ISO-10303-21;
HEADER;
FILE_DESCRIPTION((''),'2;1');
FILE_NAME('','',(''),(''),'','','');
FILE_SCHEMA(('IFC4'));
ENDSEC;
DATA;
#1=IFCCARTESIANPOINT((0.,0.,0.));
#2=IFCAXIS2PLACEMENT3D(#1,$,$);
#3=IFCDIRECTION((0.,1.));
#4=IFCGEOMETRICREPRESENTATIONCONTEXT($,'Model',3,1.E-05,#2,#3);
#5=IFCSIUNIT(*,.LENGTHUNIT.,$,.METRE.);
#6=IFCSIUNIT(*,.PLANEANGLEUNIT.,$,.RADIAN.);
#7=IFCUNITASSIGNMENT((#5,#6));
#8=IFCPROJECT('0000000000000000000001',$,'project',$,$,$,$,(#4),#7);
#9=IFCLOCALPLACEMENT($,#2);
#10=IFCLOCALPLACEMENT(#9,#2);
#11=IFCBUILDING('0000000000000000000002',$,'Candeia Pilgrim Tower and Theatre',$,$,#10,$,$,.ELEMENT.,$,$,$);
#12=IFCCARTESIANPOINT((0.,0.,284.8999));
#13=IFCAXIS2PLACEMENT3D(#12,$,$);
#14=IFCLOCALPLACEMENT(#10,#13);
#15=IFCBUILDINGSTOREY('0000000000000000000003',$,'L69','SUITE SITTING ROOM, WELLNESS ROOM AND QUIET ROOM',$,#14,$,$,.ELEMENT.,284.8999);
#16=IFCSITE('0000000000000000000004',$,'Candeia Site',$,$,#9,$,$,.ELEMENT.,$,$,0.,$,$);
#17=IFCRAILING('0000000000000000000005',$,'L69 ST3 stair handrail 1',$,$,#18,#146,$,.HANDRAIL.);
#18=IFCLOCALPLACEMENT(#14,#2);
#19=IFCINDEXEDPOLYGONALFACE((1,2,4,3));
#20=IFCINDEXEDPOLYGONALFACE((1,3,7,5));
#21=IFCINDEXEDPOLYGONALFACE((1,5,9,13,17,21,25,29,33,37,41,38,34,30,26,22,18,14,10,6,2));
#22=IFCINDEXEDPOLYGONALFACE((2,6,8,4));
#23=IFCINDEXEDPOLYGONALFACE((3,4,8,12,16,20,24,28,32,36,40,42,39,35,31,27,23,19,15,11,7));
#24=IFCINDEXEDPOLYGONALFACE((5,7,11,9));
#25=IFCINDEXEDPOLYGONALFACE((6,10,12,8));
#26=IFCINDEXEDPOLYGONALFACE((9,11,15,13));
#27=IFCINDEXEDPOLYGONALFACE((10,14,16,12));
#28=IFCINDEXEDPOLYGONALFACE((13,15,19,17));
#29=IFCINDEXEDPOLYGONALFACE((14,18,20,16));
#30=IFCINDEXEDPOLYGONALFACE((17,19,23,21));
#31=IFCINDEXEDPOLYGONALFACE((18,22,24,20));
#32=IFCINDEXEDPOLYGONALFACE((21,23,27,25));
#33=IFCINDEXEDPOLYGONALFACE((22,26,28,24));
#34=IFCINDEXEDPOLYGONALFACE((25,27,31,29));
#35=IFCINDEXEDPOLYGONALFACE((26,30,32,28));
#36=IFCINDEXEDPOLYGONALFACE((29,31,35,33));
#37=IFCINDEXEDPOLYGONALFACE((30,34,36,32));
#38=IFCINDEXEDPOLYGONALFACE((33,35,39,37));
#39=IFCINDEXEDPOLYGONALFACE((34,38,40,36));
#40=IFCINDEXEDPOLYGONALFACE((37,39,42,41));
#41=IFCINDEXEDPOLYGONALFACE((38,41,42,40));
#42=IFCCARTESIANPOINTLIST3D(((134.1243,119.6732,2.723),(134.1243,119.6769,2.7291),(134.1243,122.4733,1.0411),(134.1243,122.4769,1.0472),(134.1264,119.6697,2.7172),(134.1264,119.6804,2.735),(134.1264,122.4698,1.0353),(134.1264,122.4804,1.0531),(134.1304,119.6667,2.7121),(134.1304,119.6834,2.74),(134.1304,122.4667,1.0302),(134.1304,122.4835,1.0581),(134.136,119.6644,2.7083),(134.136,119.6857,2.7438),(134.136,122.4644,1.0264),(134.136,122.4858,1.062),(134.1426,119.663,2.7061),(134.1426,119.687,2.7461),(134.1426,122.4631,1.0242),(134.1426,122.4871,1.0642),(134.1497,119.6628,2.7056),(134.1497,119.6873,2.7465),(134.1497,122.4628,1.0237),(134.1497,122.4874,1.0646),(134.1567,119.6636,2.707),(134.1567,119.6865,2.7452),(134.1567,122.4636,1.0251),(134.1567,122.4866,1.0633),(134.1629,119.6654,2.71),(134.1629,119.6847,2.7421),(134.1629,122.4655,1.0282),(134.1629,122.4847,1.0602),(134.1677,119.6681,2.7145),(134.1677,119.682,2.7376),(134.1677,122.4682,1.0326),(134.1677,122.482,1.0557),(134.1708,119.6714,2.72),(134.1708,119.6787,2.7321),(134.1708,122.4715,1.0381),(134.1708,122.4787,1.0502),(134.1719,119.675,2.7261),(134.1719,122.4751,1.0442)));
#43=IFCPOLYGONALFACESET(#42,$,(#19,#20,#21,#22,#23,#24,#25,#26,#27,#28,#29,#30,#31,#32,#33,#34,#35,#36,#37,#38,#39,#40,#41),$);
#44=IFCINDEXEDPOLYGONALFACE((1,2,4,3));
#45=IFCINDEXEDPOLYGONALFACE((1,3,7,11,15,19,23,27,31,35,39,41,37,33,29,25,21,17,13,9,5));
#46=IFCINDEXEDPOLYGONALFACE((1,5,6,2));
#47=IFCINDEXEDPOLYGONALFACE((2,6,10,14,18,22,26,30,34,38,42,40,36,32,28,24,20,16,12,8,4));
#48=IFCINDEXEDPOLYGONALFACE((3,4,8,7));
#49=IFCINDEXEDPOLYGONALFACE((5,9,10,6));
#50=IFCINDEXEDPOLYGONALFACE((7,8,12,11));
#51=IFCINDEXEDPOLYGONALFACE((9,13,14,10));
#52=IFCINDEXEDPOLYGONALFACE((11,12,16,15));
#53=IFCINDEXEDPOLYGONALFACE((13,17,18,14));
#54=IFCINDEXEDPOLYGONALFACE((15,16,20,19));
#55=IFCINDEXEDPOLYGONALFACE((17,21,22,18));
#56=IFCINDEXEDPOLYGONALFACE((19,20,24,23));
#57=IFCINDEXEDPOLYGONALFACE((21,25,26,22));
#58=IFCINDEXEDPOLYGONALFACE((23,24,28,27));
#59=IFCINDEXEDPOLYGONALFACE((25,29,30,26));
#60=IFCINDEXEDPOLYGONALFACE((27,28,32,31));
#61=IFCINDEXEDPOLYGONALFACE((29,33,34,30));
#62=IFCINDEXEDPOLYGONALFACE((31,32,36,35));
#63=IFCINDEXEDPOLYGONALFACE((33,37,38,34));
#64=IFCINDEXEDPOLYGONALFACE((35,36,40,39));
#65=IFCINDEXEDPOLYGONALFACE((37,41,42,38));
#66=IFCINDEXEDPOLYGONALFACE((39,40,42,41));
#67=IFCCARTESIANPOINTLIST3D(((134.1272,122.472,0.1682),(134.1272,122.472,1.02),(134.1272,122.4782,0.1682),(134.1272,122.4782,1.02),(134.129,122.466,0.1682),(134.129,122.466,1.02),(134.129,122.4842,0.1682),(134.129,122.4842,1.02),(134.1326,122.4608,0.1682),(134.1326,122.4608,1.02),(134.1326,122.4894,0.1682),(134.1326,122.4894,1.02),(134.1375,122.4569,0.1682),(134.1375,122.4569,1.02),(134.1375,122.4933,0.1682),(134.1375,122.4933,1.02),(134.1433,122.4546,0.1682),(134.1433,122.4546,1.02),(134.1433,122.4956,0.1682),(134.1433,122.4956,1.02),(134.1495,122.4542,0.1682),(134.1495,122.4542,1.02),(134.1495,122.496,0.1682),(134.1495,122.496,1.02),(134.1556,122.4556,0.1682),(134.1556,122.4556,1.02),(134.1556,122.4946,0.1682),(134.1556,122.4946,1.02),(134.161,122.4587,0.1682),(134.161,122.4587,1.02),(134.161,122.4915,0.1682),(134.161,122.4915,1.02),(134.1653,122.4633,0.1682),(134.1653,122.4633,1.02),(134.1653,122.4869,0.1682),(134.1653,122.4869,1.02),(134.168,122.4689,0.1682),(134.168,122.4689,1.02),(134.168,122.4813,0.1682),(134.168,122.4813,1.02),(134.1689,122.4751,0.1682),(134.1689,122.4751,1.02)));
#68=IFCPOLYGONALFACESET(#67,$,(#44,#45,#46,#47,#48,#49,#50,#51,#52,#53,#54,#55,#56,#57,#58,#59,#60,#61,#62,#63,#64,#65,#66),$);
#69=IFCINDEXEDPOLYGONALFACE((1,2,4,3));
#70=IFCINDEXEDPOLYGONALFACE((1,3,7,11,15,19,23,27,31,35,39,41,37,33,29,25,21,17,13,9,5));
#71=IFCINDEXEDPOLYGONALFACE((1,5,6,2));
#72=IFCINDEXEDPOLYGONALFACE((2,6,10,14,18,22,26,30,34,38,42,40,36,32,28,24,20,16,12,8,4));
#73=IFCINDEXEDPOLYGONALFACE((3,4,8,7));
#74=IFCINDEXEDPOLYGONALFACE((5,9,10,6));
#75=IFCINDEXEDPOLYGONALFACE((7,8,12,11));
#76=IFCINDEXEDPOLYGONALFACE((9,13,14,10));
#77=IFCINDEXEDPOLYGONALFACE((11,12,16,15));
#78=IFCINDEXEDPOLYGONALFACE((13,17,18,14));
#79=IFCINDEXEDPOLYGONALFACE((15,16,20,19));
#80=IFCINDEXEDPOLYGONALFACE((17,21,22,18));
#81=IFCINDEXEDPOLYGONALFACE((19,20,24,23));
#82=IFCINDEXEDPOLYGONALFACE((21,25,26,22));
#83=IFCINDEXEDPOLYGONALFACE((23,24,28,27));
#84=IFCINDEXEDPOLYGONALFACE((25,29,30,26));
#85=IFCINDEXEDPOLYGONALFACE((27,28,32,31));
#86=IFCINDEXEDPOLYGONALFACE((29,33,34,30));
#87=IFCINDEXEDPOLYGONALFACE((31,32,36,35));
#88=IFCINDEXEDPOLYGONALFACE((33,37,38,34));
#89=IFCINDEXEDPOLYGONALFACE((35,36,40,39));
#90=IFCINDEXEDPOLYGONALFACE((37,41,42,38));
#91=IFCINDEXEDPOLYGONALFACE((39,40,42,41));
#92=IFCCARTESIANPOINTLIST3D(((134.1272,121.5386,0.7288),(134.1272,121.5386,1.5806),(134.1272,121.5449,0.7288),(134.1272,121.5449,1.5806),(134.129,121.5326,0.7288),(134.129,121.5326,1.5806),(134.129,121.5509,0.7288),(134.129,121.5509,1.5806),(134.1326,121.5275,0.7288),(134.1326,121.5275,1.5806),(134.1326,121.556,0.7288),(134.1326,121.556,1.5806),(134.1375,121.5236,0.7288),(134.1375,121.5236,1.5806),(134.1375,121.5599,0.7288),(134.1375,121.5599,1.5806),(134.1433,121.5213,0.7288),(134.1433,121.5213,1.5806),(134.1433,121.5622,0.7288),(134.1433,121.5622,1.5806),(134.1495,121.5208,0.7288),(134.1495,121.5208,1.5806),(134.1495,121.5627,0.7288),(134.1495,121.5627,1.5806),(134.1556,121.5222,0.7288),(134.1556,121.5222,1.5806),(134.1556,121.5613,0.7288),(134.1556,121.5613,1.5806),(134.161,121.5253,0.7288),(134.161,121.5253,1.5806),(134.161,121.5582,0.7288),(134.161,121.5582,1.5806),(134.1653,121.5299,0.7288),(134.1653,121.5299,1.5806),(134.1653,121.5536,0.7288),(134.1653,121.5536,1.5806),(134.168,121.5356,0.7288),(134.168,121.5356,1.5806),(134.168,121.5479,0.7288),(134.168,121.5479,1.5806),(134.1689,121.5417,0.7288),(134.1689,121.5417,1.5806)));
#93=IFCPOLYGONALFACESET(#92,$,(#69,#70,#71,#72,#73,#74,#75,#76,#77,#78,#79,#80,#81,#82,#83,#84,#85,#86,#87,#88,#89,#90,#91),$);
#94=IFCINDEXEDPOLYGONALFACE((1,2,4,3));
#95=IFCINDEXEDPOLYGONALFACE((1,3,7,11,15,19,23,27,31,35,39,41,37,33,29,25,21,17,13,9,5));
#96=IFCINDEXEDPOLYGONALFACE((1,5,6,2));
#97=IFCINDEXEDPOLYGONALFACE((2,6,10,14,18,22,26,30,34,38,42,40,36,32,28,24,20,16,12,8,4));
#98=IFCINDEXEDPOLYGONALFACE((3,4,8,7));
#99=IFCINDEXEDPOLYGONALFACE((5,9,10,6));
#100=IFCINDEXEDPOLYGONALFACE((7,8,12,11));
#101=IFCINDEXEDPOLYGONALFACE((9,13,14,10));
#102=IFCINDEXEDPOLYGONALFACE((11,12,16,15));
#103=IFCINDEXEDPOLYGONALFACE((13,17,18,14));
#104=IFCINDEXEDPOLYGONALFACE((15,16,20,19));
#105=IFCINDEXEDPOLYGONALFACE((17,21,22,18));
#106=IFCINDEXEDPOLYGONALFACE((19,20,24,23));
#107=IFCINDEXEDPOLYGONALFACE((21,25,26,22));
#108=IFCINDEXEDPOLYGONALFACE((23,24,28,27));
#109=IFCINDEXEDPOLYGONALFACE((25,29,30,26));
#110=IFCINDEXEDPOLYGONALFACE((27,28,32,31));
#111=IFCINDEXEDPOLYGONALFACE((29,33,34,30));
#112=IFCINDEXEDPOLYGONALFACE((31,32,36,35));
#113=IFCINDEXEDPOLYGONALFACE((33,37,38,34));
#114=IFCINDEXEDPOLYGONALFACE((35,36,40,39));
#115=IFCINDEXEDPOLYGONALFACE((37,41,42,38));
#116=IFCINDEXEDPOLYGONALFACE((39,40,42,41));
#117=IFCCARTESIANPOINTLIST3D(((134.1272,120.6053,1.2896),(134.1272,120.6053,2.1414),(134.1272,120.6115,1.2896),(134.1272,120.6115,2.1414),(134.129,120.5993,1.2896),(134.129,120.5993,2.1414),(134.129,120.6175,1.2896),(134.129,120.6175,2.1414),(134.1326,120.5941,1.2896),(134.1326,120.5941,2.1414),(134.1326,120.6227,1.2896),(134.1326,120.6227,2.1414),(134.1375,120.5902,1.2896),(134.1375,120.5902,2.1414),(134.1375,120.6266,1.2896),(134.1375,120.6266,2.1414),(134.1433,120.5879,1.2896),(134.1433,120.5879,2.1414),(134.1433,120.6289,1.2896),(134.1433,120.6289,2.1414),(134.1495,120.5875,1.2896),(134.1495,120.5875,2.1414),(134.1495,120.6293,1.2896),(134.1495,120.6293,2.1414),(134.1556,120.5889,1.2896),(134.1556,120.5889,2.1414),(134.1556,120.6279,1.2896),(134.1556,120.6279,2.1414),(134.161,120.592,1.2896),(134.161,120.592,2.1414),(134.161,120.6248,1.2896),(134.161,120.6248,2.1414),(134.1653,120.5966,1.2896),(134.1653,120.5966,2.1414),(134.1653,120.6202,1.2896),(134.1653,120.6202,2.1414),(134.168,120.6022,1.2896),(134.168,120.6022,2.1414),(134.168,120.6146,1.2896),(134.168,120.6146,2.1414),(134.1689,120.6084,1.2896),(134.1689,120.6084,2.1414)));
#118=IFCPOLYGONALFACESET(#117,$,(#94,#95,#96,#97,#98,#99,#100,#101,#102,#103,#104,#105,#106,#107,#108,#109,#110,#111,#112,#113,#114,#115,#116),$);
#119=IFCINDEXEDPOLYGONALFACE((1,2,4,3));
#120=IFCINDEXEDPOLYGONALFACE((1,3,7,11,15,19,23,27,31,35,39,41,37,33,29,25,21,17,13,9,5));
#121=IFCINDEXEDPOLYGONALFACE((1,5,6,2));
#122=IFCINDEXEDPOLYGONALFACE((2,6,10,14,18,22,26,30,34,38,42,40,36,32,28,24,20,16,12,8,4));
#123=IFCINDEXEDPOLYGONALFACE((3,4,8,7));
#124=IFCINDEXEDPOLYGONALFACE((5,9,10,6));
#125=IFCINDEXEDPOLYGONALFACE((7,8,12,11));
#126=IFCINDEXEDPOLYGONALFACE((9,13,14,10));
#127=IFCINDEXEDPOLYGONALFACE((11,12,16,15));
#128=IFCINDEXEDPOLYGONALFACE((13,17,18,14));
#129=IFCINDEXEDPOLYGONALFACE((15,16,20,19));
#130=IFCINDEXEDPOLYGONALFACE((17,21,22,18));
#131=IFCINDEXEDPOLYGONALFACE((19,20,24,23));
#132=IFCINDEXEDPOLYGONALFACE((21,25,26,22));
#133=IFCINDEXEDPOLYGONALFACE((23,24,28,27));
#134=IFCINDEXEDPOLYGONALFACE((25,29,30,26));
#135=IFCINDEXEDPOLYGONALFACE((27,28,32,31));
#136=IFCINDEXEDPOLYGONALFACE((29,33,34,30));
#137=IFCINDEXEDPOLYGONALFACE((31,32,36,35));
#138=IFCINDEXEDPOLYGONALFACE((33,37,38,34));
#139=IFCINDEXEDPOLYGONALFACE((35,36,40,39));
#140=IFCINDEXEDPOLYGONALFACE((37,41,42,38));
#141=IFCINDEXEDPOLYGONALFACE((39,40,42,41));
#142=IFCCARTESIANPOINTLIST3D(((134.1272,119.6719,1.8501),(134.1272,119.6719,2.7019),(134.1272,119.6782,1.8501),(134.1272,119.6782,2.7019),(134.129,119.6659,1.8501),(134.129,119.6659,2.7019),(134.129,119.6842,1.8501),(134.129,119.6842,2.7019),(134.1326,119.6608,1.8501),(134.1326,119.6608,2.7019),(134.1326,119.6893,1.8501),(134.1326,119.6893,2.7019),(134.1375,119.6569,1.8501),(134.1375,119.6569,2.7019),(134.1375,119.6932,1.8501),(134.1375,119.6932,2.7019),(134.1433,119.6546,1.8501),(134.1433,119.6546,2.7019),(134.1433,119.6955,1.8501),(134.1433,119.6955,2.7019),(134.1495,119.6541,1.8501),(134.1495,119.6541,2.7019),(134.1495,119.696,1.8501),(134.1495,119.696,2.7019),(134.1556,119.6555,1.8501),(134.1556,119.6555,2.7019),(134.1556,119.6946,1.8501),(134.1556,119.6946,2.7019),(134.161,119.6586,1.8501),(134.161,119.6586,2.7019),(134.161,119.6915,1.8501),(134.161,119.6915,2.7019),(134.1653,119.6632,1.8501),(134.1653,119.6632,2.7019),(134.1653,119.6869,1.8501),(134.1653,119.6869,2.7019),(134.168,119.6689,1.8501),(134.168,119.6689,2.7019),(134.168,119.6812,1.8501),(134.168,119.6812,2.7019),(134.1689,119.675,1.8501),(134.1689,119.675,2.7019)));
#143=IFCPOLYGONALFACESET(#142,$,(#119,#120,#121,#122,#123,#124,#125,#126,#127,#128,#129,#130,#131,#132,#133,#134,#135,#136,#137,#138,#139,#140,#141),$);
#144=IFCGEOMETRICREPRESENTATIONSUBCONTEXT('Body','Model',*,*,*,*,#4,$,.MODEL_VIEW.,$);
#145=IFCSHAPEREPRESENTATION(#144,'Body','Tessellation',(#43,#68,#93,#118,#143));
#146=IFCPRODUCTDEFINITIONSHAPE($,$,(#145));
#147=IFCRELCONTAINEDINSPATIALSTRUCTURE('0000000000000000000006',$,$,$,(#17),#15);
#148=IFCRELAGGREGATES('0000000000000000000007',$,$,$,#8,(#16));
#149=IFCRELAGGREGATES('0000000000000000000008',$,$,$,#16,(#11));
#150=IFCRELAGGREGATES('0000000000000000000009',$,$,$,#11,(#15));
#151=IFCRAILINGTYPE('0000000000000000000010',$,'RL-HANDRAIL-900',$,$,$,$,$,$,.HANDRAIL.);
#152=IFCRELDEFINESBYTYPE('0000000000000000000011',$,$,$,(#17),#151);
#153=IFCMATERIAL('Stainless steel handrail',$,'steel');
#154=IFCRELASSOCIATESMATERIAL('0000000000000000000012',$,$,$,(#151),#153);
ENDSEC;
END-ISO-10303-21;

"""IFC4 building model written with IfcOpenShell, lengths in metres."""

from ifc_helpers import new_model, si_unit, direction, frame, origin, origin_2d, place, context, subcontext, project, spatial, circle, extrude, material, type_object, element, save


model = new_model("IFC4")

# Units and contexts
model_context = context("Model", 3, precision=1e-05, world=origin(), true_north=direction((0.0, 1.0)))
body_context = subcontext(model_context, "Body", "Model", "MODEL_VIEW")
ifc_project = project(units=[si_unit("LENGTHUNIT", "METRE"), si_unit("PLANEANGLEUNIT", "RADIAN")], contexts=[model_context])

# Site, building, storey
site_placement = place(None, origin())
site = spatial("IfcSite", under=ifc_project, at=site_placement, Name="Candeia Site", CompositionType="ELEMENT", RefElevation=0.0)
building_placement = place(site_placement, origin())
building = spatial("IfcBuilding", under=site, at=building_placement, Name="Candeia Pilgrim Tower and Theatre", CompositionType="ELEMENT")
storey_placement = place(building_placement, frame((0.0, 0.0, 284.8999)))
storey = spatial("IfcBuildingStorey", under=building, at=storey_placement, Name="L69", Description="SUITE SITTING ROOM, WELLNESS ROOM AND QUIET ROOM", CompositionType="ELEMENT", Elevation=284.8999)

# Railing
ifc_material_1 = material(Name="Stainless steel handrail", Category="steel")
railing_type_1 = type_object("IfcRailingType", Name="RL-HANDRAIL-900", PredefinedType="HANDRAIL", material=ifc_material_1)
railing_1_placement = place(storey_placement, frame((134.1479, 122.4751, 0.1682)))
element("IfcRailing", 1, at=railing_1_placement, inside=storey, type_object=railing_type_1, Name="L69 ST3 stair handrail 1", PredefinedType="HANDRAIL", context=body_context, shape_type="SweptSolid", body=[
    extrude(circle(Radius=0.0239, at=origin_2d()), frame((0.0, 0.0, 0.876), z_axis=(0.0, -0.857242, 0.514913), x_axis=(1.0, 0.0, 0.0)), (0.0, 0.0, 1.0), 3.2664),
    extrude(circle(Radius=0.021, at=origin_2d()), origin(), (0.0, 0.0, 1.0), 0.8518),
    extrude(circle(Radius=0.021, at=origin_2d()), frame((0.0, -0.9333, 0.5605)), (0.0, 0.0, 1.0), 0.8518),
    extrude(circle(Radius=0.021, at=origin_2d()), frame((0.0, -1.8667, 1.1213)), (0.0, 0.0, 1.0), 0.8518),
    extrude(circle(Radius=0.021, at=origin_2d()), frame((0.0, -2.8, 1.6819)), (0.0, 0.0, 1.0), 0.8518),
])

save(model, "model.ifc")
